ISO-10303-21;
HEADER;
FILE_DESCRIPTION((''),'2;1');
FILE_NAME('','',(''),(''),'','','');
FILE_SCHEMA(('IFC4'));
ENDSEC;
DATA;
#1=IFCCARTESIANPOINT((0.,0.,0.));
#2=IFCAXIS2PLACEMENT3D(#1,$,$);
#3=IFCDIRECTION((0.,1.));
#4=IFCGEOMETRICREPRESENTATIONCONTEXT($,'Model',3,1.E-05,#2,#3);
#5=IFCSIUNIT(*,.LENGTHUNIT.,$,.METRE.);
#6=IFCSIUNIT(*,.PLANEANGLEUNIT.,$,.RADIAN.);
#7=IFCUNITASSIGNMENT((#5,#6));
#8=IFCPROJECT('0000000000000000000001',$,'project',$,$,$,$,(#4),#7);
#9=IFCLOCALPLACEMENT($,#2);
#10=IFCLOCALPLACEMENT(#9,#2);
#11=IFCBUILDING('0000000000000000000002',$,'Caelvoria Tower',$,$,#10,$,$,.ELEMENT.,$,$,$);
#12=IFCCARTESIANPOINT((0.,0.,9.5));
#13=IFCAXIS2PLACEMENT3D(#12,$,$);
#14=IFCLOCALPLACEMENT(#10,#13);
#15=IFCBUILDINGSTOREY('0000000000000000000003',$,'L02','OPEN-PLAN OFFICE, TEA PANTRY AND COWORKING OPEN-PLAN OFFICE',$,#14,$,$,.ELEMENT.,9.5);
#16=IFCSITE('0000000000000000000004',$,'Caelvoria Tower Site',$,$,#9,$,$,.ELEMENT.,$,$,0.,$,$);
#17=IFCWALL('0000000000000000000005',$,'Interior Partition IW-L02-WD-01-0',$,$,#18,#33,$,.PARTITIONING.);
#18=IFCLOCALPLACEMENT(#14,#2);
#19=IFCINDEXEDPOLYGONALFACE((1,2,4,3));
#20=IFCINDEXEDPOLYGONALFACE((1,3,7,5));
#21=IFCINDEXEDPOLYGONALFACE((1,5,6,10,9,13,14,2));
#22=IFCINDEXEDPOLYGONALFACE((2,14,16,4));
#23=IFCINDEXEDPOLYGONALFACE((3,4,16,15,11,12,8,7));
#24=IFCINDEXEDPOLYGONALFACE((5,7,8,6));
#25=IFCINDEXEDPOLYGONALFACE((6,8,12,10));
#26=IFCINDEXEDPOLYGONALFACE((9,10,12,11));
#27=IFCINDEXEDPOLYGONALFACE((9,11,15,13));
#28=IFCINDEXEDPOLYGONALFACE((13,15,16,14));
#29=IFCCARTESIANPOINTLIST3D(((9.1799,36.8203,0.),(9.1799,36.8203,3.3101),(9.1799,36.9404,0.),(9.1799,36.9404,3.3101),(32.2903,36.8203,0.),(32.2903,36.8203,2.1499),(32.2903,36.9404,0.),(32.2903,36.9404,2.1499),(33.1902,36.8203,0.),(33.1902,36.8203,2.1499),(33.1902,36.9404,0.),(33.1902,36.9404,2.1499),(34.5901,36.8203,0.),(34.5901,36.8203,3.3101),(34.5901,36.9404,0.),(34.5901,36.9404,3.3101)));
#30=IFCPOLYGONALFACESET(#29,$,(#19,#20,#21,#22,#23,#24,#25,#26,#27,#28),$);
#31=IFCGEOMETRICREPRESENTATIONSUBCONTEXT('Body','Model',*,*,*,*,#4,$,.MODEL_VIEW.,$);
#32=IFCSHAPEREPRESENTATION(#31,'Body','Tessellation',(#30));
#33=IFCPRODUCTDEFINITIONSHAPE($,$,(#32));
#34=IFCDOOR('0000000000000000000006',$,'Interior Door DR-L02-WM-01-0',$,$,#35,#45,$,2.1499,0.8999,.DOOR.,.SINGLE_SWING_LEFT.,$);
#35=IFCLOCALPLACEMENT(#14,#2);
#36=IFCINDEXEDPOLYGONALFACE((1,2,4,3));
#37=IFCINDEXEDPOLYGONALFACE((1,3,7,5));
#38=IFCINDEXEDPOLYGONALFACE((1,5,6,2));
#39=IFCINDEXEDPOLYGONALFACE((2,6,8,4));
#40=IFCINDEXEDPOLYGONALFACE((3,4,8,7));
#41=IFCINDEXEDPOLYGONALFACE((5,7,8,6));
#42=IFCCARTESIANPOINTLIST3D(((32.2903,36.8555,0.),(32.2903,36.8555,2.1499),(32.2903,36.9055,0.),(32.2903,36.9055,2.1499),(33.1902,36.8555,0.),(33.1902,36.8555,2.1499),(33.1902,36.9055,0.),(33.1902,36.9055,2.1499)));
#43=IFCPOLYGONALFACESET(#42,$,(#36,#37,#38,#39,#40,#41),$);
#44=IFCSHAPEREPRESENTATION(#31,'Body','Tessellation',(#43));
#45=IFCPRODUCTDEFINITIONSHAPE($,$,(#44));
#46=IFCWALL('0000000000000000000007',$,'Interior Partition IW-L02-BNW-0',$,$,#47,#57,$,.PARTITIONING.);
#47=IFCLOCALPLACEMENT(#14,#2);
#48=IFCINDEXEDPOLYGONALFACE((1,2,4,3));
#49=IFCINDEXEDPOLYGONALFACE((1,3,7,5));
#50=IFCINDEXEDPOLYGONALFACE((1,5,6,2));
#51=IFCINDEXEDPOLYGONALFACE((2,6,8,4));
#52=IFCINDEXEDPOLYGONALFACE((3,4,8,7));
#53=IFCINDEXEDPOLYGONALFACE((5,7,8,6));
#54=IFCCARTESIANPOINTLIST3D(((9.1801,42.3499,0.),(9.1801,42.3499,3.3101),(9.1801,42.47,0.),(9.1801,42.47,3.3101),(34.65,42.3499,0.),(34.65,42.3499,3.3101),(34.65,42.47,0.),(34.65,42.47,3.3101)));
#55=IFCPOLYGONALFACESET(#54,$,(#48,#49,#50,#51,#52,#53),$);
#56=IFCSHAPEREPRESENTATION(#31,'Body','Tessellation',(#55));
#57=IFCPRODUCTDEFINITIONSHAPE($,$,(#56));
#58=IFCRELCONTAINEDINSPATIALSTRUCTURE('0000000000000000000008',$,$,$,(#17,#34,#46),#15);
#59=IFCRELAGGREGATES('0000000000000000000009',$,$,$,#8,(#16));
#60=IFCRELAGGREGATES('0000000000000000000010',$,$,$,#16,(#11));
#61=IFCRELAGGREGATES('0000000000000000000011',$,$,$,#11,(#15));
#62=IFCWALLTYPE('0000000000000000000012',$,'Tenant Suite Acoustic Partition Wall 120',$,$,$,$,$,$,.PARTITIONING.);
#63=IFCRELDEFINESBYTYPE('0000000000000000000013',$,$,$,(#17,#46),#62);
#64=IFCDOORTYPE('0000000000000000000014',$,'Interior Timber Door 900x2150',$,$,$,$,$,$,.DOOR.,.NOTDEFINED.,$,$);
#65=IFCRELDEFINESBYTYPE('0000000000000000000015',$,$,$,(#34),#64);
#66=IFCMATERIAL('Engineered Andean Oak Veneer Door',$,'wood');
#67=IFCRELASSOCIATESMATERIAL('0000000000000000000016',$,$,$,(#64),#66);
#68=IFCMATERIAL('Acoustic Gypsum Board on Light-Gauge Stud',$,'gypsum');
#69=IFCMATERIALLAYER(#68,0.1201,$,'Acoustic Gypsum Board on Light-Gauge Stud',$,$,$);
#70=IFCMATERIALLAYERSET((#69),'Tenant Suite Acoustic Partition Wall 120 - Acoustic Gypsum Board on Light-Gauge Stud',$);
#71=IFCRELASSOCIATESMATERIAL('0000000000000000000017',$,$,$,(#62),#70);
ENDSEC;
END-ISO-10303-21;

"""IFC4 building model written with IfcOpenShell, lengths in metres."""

from ifc_helpers import new_model, si_unit, direction, frame, frame_2d, origin, place, context, subcontext, project, spatial, rectangle, extrude, material, layer, layer_set, type_object, element, fill, save


model = new_model("IFC4")

# Units and contexts
model_context = context("Model", 3, precision=1e-05, world=origin(), true_north=direction((0.0, 1.0)))
body_context = subcontext(model_context, "Body", "Model", "MODEL_VIEW")
ifc_project = project(units=[si_unit("LENGTHUNIT", "METRE"), si_unit("PLANEANGLEUNIT", "RADIAN")], contexts=[model_context])

# Site, building, storey
site_placement = place(None, origin())
site = spatial("IfcSite", under=ifc_project, at=site_placement, Name="Caelvoria Tower Site", CompositionType="ELEMENT", RefElevation=0.0)
building_placement = place(site_placement, origin())
building = spatial("IfcBuilding", under=site, at=building_placement, Name="Caelvoria Tower", CompositionType="ELEMENT")
storey_placement = place(building_placement, frame((0.0, 0.0, 9.5)))
storey = spatial("IfcBuildingStorey", under=building, at=storey_placement, Name="L02", Description="OPEN-PLAN OFFICE, TEA PANTRY AND COWORKING OPEN-PLAN OFFICE", CompositionType="ELEMENT", Elevation=9.5)

# Shared definitions
ifc_material_1 = material(Name="Engineered Andean Oak Veneer Door", Category="wood")
door_type_1 = type_object("IfcDoorType", Name="Interior Timber Door 900x2150", OperationType="NOTDEFINED", PredefinedType="DOOR", material=ifc_material_1)

# Wall, opening, door
ifc_material_2 = material(Name="Acoustic Gypsum Board on Light-Gauge Stud", Category="gypsum")
ifc_layer_1 = layer(ifc_material_2, 0.1201, Name="Acoustic Gypsum Board on Light-Gauge Stud")
ifc_layer_set_1 = layer_set([ifc_layer_1], Name="Tenant Suite Acoustic Partition Wall 120 - Acoustic Gypsum Board on Light-Gauge Stud")
wall_type_1 = type_object("IfcWallType", Name="Tenant Suite Acoustic Partition Wall 120", PredefinedType="PARTITIONING", material=ifc_layer_set_1)
wall_1_placement = place(storey_placement, frame((34.5901, 36.8804, 0.0), z_axis=(0.0, 0.0, 1.0), x_axis=(-1.0, 0.0, 0.0)))
wall_1 = element("IfcWall", 1, at=wall_1_placement, inside=storey, type_object=wall_type_1, Name="Interior Partition IW-L02-WD-01-0", PredefinedType="PARTITIONING", context=body_context, shape_type="SweptSolid", body=[
    extrude(rectangle(XDim=25.4102, YDim=0.1201, at=frame_2d((12.7051, 0.0))), origin(), (0.0, 0.0, 1.0), 3.3101),
])
opening_1_placement = place(wall_1_placement, frame((1.3999, 0.0, 0.0)))
opening_1 = element("IfcOpeningElement", 2, at=opening_1_placement, cuts=wall_1, PredefinedType="OPENING", context=body_context, shape_type="SweptSolid", body=[
    extrude(rectangle(XDim=0.8999, YDim=2.1499, at=frame_2d((0.45, 1.075))), frame((0.0, 0.0701, 0.0), z_axis=(0.0, -1.0, 0.0), x_axis=(1.0, 0.0, 0.0)), (0.0, 0.0, 1.0), 0.1401),
])
door_1_placement = place(opening_1_placement, origin())
door_1 = element("IfcDoor", 3, at=door_1_placement, inside=storey, type_object=door_type_1, Name="Interior Door DR-L02-WM-01-0", OperationType="SINGLE_SWING_LEFT", OverallHeight=2.1499, OverallWidth=0.8999, PredefinedType="DOOR", context=body_context, shape_type="SweptSolid", body=[
    extrude(rectangle(XDim=0.8999, YDim=2.1499, at=frame_2d((0.45, 1.075))), frame((0.0, 0.0249, 0.0), z_axis=(0.0, -1.0, 0.0), x_axis=(1.0, 0.0, 0.0)), (0.0, 0.0, 1.0), 0.05),
])
fill(opening_1, door_1)

# Wall
wall_2_placement = place(storey_placement, frame((34.6499, 42.4099, 0.0), z_axis=(0.0, 0.0, 1.0), x_axis=(-1.0, 0.0, 0.0)))
element("IfcWall", 4, at=wall_2_placement, inside=storey, type_object=wall_type_1, Name="Interior Partition IW-L02-BNW-0", PredefinedType="PARTITIONING", context=body_context, shape_type="SweptSolid", body=[
    extrude(rectangle(XDim=25.47, YDim=0.1201, at=frame_2d((12.7349, 0.0))), origin(), (0.0, 0.0, 1.0), 3.3101),
])

save(model, "model.ifc")
